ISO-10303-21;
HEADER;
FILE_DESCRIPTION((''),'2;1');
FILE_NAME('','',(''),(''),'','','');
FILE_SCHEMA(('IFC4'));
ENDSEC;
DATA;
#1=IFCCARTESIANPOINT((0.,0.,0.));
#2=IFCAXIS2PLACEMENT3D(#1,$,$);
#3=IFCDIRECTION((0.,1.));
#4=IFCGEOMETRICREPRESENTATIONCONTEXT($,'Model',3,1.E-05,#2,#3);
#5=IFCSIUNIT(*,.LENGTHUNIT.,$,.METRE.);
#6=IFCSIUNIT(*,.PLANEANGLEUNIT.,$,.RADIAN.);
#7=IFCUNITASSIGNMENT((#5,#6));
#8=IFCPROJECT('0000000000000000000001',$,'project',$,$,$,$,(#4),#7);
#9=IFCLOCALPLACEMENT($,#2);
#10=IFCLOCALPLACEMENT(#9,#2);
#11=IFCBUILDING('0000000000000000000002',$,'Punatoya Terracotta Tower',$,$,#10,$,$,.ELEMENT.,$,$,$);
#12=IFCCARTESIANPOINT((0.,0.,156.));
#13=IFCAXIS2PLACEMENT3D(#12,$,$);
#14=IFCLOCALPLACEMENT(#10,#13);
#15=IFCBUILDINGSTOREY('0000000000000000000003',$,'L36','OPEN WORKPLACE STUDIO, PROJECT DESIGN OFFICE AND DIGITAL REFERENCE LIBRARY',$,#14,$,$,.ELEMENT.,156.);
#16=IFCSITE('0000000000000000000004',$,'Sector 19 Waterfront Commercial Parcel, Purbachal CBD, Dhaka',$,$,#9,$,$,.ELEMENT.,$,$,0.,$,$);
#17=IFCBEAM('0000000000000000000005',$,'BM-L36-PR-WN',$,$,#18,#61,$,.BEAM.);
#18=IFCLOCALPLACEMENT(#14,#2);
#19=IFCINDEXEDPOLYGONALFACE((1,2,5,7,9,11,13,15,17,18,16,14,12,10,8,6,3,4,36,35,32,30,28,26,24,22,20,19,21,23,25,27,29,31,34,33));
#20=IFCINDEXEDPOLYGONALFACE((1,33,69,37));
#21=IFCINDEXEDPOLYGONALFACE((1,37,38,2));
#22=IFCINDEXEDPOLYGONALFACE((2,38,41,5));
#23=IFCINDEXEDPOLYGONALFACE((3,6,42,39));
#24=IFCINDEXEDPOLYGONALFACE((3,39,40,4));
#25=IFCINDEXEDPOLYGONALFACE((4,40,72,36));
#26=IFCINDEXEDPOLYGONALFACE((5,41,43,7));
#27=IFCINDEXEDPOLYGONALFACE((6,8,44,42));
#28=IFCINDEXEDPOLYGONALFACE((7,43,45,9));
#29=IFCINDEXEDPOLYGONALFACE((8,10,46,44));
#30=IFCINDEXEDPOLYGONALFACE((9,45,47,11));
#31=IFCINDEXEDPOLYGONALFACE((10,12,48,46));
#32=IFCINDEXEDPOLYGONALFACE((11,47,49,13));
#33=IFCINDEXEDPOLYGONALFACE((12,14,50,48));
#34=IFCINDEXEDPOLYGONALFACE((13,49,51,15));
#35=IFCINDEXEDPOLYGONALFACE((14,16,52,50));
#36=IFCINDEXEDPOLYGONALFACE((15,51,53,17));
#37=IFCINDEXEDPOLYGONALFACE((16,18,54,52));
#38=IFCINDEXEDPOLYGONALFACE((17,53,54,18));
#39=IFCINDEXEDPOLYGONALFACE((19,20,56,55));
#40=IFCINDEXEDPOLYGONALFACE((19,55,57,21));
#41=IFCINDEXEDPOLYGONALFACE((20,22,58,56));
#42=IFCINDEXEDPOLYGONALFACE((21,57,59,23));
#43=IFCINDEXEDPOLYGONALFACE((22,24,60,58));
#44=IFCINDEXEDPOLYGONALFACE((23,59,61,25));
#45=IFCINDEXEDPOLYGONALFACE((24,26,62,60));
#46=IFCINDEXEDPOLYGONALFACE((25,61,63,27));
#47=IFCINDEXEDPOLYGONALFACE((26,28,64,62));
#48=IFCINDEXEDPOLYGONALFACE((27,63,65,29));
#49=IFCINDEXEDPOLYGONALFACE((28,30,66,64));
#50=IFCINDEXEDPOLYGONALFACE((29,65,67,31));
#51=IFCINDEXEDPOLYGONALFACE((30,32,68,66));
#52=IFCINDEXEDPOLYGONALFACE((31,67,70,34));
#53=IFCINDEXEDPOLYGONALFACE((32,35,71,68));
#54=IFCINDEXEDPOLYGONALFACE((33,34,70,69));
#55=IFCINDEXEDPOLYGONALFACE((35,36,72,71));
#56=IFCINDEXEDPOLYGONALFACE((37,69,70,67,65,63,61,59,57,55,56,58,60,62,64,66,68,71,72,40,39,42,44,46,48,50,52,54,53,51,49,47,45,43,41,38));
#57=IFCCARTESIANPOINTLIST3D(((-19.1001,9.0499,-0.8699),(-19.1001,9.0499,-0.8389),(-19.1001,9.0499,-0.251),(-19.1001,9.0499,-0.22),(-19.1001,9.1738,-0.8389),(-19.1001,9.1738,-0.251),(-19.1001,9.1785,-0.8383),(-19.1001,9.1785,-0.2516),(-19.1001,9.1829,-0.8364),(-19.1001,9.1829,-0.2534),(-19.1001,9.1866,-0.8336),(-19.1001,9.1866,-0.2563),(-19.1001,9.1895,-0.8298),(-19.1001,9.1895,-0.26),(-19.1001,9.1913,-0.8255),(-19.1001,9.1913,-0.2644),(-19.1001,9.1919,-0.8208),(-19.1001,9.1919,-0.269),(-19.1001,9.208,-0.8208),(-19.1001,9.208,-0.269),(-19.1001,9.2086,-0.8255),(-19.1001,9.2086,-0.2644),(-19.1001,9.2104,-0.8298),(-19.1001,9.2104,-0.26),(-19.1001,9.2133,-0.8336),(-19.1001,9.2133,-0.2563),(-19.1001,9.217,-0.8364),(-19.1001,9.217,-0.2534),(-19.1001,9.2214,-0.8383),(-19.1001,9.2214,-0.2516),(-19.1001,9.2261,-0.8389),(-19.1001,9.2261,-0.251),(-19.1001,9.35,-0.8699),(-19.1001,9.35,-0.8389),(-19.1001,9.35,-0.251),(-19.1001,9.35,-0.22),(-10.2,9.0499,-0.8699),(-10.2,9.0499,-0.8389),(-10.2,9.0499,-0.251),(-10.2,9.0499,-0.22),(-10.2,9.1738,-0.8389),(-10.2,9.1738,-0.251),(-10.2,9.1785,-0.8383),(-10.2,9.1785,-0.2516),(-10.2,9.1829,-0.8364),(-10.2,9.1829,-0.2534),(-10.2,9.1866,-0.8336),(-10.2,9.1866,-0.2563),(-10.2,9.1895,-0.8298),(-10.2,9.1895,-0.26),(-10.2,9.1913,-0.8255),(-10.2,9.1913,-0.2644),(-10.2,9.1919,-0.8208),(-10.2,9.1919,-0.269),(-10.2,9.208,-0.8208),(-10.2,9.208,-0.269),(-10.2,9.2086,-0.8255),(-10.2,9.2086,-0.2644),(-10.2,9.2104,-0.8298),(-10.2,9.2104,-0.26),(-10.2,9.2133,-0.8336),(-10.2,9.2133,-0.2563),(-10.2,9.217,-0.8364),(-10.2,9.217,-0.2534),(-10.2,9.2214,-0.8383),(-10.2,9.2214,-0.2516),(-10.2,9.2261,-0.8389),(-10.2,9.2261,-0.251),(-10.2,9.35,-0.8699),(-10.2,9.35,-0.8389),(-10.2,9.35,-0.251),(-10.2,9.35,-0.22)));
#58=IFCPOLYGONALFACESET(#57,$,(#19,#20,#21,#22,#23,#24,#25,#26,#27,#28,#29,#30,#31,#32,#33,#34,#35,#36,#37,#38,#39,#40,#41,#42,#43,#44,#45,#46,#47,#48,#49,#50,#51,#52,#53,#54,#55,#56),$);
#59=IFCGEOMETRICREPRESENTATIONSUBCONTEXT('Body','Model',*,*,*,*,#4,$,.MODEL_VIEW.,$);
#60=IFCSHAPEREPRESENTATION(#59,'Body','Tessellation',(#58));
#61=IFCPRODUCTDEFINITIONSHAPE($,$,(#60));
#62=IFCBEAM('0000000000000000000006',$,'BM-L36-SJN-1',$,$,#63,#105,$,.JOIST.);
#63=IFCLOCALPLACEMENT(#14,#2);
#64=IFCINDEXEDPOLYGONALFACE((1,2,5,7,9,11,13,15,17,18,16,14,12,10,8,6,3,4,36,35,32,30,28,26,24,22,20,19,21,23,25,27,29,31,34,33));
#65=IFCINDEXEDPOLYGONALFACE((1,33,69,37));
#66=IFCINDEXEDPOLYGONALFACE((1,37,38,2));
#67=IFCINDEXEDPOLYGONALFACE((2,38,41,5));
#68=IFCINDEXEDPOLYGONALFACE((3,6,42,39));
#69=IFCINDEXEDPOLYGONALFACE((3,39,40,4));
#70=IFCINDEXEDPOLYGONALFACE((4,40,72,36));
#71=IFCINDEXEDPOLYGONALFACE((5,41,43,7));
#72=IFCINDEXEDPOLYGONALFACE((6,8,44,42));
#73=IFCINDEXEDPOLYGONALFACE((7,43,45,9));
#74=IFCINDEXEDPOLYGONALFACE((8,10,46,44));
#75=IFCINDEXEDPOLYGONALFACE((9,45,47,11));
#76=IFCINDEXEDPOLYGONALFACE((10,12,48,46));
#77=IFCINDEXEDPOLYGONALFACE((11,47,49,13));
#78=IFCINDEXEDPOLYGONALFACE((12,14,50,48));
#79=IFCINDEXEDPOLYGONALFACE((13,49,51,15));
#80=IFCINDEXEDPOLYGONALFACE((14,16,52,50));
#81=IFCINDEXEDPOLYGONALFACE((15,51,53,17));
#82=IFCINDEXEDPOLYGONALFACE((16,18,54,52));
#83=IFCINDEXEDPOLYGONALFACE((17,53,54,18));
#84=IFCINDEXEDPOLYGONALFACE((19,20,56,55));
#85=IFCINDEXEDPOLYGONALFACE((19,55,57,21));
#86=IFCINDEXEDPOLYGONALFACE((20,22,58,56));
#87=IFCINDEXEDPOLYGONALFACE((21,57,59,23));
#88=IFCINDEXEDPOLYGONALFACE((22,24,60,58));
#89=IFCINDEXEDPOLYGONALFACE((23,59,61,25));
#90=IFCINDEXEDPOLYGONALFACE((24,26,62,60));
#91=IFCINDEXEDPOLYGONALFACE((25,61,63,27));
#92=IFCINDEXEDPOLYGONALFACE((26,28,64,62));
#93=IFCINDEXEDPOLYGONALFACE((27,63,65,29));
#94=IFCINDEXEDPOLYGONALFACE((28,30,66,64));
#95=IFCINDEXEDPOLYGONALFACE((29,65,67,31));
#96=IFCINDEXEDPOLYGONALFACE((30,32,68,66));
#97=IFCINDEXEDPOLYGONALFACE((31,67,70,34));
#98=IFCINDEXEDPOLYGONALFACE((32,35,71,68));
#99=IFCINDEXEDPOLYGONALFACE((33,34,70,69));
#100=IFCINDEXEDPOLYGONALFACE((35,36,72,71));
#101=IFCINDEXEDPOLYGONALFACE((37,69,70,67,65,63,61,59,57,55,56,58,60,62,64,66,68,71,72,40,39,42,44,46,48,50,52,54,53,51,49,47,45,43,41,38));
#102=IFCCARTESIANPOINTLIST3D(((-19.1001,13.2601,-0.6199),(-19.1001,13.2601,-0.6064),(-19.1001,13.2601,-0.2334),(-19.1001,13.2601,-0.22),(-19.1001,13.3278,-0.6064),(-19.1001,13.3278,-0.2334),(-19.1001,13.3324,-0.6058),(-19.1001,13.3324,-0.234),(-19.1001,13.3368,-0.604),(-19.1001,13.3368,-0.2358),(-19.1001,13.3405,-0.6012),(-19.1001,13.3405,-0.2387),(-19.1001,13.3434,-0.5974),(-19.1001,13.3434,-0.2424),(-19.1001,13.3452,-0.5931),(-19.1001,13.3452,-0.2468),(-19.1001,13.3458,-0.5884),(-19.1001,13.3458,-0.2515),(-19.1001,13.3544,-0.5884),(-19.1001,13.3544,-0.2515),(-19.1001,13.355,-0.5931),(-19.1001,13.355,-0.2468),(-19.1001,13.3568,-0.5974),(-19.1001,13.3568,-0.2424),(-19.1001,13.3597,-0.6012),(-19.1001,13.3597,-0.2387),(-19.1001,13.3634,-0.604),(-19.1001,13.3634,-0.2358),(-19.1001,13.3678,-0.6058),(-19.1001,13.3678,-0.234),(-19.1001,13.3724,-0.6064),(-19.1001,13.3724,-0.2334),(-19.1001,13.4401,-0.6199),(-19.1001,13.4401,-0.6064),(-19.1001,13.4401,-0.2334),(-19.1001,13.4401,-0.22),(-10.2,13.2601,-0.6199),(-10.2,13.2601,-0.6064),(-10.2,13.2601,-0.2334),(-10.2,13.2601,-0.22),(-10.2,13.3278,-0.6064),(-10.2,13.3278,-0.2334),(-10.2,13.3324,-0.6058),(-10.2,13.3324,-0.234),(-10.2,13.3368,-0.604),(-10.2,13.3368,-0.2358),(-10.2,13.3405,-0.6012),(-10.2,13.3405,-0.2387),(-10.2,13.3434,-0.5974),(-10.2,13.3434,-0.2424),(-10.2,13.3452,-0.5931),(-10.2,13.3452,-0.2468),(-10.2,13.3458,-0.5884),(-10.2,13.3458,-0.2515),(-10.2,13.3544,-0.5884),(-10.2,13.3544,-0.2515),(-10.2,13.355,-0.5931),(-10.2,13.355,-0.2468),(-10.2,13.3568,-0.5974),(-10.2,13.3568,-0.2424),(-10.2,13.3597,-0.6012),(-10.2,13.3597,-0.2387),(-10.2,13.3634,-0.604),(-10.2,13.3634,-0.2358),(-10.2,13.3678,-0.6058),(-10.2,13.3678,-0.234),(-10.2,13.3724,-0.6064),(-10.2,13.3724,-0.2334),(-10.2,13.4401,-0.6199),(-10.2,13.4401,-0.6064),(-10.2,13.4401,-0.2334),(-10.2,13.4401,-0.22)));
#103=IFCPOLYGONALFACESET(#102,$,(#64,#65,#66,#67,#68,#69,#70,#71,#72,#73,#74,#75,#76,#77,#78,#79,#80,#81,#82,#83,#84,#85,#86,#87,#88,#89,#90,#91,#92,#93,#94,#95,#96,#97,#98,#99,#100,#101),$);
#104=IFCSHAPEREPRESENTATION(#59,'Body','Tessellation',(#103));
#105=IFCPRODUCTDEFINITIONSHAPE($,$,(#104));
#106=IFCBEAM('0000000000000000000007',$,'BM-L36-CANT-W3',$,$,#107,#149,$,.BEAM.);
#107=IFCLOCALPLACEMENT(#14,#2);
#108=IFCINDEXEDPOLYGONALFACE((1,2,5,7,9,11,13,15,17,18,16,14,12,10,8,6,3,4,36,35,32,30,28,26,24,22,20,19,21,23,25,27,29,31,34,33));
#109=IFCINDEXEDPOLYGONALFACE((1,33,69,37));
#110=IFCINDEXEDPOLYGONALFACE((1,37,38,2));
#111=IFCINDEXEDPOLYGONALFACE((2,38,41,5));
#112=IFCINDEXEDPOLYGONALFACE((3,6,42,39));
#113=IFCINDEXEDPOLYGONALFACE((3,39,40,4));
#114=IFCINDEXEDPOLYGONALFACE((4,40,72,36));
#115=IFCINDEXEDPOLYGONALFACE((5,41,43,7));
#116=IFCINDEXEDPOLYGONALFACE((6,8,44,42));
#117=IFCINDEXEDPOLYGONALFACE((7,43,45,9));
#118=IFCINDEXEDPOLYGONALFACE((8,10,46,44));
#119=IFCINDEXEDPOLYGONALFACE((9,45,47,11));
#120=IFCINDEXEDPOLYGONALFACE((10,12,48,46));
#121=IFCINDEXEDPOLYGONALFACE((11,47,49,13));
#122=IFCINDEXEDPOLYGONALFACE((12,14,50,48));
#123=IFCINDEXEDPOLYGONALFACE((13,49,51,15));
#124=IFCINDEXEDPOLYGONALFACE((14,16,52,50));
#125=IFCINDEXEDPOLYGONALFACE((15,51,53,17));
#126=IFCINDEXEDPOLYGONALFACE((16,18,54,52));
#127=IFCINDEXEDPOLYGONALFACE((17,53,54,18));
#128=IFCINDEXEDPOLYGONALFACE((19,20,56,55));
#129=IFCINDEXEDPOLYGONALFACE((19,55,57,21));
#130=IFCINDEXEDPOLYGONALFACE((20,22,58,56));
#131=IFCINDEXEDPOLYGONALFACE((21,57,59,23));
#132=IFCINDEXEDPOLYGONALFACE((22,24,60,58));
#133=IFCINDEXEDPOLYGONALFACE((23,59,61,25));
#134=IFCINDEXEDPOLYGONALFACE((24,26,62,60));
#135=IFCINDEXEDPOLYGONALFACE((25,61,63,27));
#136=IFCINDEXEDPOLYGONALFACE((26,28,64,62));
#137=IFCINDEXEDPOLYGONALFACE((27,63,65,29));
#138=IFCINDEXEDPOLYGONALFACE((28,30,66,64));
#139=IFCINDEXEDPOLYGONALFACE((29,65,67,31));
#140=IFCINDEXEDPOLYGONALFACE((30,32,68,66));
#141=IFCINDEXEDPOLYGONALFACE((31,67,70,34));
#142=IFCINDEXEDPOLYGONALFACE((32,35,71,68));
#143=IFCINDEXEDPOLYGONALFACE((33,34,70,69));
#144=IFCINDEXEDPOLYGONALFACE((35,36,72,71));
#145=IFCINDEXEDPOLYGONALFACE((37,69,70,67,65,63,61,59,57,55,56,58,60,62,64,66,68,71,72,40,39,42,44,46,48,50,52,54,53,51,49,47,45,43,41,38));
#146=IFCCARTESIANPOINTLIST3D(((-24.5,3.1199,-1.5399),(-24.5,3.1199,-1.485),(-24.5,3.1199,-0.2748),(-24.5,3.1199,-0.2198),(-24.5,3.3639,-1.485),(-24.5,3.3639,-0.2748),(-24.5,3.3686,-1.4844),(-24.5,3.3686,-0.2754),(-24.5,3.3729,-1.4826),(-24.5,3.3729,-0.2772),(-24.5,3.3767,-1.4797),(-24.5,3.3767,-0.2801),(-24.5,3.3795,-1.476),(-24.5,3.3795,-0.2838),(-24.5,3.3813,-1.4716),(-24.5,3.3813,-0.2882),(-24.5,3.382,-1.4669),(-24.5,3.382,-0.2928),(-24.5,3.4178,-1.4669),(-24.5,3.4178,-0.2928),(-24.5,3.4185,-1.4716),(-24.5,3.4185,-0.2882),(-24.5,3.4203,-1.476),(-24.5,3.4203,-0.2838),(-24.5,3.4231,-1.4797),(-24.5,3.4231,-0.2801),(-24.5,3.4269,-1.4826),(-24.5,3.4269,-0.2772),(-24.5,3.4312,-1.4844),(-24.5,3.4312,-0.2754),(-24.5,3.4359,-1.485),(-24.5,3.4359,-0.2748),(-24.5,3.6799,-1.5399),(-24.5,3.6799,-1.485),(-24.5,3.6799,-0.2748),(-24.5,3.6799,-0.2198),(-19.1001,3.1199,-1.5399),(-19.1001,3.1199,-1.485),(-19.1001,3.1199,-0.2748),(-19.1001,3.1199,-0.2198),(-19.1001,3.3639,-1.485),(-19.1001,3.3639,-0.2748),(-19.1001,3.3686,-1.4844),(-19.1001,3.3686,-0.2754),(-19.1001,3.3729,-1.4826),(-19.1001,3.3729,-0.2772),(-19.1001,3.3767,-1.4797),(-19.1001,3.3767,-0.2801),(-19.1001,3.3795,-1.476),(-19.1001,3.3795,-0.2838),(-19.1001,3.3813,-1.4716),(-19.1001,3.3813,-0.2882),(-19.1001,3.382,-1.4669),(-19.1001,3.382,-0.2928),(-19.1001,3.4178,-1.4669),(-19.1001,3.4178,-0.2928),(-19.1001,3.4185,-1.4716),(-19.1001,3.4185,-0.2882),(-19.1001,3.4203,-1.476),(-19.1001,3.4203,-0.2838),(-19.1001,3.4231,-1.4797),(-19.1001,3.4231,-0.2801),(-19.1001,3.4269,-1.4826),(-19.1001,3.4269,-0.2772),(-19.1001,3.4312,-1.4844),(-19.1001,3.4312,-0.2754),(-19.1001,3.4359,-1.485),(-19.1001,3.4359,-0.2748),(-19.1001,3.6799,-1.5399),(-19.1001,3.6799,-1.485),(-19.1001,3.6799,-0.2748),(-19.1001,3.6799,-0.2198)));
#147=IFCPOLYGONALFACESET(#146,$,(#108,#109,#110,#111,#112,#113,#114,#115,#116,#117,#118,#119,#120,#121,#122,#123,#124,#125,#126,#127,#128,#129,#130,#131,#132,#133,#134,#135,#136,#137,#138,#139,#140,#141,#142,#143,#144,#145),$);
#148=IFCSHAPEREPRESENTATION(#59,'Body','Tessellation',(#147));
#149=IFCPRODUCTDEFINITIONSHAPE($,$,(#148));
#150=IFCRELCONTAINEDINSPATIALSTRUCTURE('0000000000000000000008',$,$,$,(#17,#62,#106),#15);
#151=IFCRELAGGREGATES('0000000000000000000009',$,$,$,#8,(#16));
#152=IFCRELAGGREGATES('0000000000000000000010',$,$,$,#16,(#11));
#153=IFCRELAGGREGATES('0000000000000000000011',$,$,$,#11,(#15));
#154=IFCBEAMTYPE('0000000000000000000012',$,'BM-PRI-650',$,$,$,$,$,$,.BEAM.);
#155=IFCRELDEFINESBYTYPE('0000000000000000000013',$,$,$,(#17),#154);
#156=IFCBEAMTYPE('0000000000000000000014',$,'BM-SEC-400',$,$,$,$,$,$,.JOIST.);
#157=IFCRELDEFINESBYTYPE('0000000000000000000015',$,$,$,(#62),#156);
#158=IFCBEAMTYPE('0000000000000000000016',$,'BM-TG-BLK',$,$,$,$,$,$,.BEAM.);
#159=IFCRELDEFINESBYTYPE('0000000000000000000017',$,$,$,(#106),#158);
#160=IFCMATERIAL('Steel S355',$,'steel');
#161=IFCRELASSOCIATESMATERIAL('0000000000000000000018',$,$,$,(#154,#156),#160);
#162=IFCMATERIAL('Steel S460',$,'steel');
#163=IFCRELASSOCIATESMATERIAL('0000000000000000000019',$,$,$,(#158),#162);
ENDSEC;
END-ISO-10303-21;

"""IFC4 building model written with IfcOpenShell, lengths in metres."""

from ifc_helpers import new_model, si_unit, direction, frame, origin, origin_2d, place, context, subcontext, project, spatial, i_section, extrude, material, material_profile, profile_set, type_object, element, save


model = new_model("IFC4")

# Units and contexts
model_context = context("Model", 3, precision=1e-05, world=origin(), true_north=direction((0.0, 1.0)))
body_context = subcontext(model_context, "Body", "Model", "MODEL_VIEW")
ifc_project = project(units=[si_unit("LENGTHUNIT", "METRE"), si_unit("PLANEANGLEUNIT", "RADIAN")], contexts=[model_context])

# Site, building, storey
site_placement = place(None, origin())
site = spatial("IfcSite", under=ifc_project, at=site_placement, Name="Sector 19 Waterfront Commercial Parcel, Purbachal CBD, Dhaka", CompositionType="ELEMENT", RefElevation=0.0)
building_placement = place(site_placement, origin())
building = spatial("IfcBuilding", under=site, at=building_placement, Name="Punatoya Terracotta Tower", CompositionType="ELEMENT")
storey_placement = place(building_placement, frame((0.0, 0.0, 156.0)))
storey = spatial("IfcBuildingStorey", under=building, at=storey_placement, Name="L36", Description="OPEN WORKPLACE STUDIO, PROJECT DESIGN OFFICE AND DIGITAL REFERENCE LIBRARY", CompositionType="ELEMENT", Elevation=156.0)

# Shared definitions
ifc_material_1 = material(Name="Steel S460", Category="steel")

# Beams
ifc_material_2 = material(Name="Steel S355", Category="steel")
ifc_material_profile_1 = material_profile(ifc_material_2, i_section(OverallWidth=0.3, OverallDepth=0.6499, WebThickness=0.0161, FlangeThickness=0.031, FilletRadius=0.0181, at=origin_2d()))
ifc_profile_set_1 = profile_set([ifc_material_profile_1], Name="Steel S355")
beam_type_1 = type_object("IfcBeamType", Name="BM-PRI-650", PredefinedType="BEAM", material=ifc_profile_set_1)
for number, where, z_axis, x_axis, name in (
    (1, (-19.1001, 9.2, -0.5449), (1.0, 0.0, 0.0), (0.0, 1.0, 0.0), "BM-L36-PR-WN"),
):
    element("IfcBeam", number, at=place(storey_placement, frame(where, z_axis=z_axis, x_axis=x_axis)), inside=storey, type_object=beam_type_1, Name=name, PredefinedType="BEAM", context=body_context, shape_type="SweptSolid", body=[
        extrude(i_section(OverallWidth=0.3, OverallDepth=0.6499, WebThickness=0.0161, FlangeThickness=0.031, FilletRadius=0.0181, at=origin_2d()), origin(), (0.0, 0.0, 1.0), 8.9001),
    ])
ifc_material_profile_2 = material_profile(ifc_material_2, i_section(OverallWidth=0.1799, OverallDepth=0.3999, WebThickness=0.0085, FlangeThickness=0.0134, FilletRadius=0.0181, at=origin_2d()))
ifc_profile_set_2 = profile_set([ifc_material_profile_2], Name="Steel S355")
beam_type_2 = type_object("IfcBeamType", Name="BM-SEC-400", PredefinedType="JOIST", material=ifc_profile_set_2)
beam_1_placement = place(storey_placement, frame((-19.1001, 13.3501, -0.4199), z_axis=(1.0, 0.0, 0.0), x_axis=(0.0, 1.0, 0.0)))
element("IfcBeam", 2, at=beam_1_placement, inside=storey, type_object=beam_type_2, Name="BM-L36-SJN-1", PredefinedType="JOIST", context=body_context, shape_type="SweptSolid", body=[
    extrude(i_section(OverallWidth=0.1799, OverallDepth=0.3999, WebThickness=0.0085, FlangeThickness=0.0134, FilletRadius=0.0181, at=origin_2d()), origin(), (0.0, 0.0, 1.0), 8.9001),
])
ifc_material_profile_3 = material_profile(ifc_material_1, i_section(OverallWidth=0.5601, OverallDepth=1.3201, WebThickness=0.0359, FlangeThickness=0.0549, FilletRadius=0.0181, at=origin_2d()))
ifc_profile_set_3 = profile_set([ifc_material_profile_3], Name="Steel S460")
beam_type_3 = type_object("IfcBeamType", Name="BM-TG-BLK", PredefinedType="BEAM", material=ifc_profile_set_3)
beam_2_placement = place(storey_placement, frame((-24.5, 3.3999, -0.8799), z_axis=(1.0, 0.0, 0.0), x_axis=(0.0, 1.0, 0.0)))
element("IfcBeam", 3, at=beam_2_placement, inside=storey, type_object=beam_type_3, Name="BM-L36-CANT-W3", PredefinedType="BEAM", context=body_context, shape_type="SweptSolid", body=[
    extrude(i_section(OverallWidth=0.5601, OverallDepth=1.3201, WebThickness=0.0359, FlangeThickness=0.0549, FilletRadius=0.0181, at=origin_2d()), origin(), (0.0, 0.0, 1.0), 5.3999),
])

save(model, "model.ifc")
